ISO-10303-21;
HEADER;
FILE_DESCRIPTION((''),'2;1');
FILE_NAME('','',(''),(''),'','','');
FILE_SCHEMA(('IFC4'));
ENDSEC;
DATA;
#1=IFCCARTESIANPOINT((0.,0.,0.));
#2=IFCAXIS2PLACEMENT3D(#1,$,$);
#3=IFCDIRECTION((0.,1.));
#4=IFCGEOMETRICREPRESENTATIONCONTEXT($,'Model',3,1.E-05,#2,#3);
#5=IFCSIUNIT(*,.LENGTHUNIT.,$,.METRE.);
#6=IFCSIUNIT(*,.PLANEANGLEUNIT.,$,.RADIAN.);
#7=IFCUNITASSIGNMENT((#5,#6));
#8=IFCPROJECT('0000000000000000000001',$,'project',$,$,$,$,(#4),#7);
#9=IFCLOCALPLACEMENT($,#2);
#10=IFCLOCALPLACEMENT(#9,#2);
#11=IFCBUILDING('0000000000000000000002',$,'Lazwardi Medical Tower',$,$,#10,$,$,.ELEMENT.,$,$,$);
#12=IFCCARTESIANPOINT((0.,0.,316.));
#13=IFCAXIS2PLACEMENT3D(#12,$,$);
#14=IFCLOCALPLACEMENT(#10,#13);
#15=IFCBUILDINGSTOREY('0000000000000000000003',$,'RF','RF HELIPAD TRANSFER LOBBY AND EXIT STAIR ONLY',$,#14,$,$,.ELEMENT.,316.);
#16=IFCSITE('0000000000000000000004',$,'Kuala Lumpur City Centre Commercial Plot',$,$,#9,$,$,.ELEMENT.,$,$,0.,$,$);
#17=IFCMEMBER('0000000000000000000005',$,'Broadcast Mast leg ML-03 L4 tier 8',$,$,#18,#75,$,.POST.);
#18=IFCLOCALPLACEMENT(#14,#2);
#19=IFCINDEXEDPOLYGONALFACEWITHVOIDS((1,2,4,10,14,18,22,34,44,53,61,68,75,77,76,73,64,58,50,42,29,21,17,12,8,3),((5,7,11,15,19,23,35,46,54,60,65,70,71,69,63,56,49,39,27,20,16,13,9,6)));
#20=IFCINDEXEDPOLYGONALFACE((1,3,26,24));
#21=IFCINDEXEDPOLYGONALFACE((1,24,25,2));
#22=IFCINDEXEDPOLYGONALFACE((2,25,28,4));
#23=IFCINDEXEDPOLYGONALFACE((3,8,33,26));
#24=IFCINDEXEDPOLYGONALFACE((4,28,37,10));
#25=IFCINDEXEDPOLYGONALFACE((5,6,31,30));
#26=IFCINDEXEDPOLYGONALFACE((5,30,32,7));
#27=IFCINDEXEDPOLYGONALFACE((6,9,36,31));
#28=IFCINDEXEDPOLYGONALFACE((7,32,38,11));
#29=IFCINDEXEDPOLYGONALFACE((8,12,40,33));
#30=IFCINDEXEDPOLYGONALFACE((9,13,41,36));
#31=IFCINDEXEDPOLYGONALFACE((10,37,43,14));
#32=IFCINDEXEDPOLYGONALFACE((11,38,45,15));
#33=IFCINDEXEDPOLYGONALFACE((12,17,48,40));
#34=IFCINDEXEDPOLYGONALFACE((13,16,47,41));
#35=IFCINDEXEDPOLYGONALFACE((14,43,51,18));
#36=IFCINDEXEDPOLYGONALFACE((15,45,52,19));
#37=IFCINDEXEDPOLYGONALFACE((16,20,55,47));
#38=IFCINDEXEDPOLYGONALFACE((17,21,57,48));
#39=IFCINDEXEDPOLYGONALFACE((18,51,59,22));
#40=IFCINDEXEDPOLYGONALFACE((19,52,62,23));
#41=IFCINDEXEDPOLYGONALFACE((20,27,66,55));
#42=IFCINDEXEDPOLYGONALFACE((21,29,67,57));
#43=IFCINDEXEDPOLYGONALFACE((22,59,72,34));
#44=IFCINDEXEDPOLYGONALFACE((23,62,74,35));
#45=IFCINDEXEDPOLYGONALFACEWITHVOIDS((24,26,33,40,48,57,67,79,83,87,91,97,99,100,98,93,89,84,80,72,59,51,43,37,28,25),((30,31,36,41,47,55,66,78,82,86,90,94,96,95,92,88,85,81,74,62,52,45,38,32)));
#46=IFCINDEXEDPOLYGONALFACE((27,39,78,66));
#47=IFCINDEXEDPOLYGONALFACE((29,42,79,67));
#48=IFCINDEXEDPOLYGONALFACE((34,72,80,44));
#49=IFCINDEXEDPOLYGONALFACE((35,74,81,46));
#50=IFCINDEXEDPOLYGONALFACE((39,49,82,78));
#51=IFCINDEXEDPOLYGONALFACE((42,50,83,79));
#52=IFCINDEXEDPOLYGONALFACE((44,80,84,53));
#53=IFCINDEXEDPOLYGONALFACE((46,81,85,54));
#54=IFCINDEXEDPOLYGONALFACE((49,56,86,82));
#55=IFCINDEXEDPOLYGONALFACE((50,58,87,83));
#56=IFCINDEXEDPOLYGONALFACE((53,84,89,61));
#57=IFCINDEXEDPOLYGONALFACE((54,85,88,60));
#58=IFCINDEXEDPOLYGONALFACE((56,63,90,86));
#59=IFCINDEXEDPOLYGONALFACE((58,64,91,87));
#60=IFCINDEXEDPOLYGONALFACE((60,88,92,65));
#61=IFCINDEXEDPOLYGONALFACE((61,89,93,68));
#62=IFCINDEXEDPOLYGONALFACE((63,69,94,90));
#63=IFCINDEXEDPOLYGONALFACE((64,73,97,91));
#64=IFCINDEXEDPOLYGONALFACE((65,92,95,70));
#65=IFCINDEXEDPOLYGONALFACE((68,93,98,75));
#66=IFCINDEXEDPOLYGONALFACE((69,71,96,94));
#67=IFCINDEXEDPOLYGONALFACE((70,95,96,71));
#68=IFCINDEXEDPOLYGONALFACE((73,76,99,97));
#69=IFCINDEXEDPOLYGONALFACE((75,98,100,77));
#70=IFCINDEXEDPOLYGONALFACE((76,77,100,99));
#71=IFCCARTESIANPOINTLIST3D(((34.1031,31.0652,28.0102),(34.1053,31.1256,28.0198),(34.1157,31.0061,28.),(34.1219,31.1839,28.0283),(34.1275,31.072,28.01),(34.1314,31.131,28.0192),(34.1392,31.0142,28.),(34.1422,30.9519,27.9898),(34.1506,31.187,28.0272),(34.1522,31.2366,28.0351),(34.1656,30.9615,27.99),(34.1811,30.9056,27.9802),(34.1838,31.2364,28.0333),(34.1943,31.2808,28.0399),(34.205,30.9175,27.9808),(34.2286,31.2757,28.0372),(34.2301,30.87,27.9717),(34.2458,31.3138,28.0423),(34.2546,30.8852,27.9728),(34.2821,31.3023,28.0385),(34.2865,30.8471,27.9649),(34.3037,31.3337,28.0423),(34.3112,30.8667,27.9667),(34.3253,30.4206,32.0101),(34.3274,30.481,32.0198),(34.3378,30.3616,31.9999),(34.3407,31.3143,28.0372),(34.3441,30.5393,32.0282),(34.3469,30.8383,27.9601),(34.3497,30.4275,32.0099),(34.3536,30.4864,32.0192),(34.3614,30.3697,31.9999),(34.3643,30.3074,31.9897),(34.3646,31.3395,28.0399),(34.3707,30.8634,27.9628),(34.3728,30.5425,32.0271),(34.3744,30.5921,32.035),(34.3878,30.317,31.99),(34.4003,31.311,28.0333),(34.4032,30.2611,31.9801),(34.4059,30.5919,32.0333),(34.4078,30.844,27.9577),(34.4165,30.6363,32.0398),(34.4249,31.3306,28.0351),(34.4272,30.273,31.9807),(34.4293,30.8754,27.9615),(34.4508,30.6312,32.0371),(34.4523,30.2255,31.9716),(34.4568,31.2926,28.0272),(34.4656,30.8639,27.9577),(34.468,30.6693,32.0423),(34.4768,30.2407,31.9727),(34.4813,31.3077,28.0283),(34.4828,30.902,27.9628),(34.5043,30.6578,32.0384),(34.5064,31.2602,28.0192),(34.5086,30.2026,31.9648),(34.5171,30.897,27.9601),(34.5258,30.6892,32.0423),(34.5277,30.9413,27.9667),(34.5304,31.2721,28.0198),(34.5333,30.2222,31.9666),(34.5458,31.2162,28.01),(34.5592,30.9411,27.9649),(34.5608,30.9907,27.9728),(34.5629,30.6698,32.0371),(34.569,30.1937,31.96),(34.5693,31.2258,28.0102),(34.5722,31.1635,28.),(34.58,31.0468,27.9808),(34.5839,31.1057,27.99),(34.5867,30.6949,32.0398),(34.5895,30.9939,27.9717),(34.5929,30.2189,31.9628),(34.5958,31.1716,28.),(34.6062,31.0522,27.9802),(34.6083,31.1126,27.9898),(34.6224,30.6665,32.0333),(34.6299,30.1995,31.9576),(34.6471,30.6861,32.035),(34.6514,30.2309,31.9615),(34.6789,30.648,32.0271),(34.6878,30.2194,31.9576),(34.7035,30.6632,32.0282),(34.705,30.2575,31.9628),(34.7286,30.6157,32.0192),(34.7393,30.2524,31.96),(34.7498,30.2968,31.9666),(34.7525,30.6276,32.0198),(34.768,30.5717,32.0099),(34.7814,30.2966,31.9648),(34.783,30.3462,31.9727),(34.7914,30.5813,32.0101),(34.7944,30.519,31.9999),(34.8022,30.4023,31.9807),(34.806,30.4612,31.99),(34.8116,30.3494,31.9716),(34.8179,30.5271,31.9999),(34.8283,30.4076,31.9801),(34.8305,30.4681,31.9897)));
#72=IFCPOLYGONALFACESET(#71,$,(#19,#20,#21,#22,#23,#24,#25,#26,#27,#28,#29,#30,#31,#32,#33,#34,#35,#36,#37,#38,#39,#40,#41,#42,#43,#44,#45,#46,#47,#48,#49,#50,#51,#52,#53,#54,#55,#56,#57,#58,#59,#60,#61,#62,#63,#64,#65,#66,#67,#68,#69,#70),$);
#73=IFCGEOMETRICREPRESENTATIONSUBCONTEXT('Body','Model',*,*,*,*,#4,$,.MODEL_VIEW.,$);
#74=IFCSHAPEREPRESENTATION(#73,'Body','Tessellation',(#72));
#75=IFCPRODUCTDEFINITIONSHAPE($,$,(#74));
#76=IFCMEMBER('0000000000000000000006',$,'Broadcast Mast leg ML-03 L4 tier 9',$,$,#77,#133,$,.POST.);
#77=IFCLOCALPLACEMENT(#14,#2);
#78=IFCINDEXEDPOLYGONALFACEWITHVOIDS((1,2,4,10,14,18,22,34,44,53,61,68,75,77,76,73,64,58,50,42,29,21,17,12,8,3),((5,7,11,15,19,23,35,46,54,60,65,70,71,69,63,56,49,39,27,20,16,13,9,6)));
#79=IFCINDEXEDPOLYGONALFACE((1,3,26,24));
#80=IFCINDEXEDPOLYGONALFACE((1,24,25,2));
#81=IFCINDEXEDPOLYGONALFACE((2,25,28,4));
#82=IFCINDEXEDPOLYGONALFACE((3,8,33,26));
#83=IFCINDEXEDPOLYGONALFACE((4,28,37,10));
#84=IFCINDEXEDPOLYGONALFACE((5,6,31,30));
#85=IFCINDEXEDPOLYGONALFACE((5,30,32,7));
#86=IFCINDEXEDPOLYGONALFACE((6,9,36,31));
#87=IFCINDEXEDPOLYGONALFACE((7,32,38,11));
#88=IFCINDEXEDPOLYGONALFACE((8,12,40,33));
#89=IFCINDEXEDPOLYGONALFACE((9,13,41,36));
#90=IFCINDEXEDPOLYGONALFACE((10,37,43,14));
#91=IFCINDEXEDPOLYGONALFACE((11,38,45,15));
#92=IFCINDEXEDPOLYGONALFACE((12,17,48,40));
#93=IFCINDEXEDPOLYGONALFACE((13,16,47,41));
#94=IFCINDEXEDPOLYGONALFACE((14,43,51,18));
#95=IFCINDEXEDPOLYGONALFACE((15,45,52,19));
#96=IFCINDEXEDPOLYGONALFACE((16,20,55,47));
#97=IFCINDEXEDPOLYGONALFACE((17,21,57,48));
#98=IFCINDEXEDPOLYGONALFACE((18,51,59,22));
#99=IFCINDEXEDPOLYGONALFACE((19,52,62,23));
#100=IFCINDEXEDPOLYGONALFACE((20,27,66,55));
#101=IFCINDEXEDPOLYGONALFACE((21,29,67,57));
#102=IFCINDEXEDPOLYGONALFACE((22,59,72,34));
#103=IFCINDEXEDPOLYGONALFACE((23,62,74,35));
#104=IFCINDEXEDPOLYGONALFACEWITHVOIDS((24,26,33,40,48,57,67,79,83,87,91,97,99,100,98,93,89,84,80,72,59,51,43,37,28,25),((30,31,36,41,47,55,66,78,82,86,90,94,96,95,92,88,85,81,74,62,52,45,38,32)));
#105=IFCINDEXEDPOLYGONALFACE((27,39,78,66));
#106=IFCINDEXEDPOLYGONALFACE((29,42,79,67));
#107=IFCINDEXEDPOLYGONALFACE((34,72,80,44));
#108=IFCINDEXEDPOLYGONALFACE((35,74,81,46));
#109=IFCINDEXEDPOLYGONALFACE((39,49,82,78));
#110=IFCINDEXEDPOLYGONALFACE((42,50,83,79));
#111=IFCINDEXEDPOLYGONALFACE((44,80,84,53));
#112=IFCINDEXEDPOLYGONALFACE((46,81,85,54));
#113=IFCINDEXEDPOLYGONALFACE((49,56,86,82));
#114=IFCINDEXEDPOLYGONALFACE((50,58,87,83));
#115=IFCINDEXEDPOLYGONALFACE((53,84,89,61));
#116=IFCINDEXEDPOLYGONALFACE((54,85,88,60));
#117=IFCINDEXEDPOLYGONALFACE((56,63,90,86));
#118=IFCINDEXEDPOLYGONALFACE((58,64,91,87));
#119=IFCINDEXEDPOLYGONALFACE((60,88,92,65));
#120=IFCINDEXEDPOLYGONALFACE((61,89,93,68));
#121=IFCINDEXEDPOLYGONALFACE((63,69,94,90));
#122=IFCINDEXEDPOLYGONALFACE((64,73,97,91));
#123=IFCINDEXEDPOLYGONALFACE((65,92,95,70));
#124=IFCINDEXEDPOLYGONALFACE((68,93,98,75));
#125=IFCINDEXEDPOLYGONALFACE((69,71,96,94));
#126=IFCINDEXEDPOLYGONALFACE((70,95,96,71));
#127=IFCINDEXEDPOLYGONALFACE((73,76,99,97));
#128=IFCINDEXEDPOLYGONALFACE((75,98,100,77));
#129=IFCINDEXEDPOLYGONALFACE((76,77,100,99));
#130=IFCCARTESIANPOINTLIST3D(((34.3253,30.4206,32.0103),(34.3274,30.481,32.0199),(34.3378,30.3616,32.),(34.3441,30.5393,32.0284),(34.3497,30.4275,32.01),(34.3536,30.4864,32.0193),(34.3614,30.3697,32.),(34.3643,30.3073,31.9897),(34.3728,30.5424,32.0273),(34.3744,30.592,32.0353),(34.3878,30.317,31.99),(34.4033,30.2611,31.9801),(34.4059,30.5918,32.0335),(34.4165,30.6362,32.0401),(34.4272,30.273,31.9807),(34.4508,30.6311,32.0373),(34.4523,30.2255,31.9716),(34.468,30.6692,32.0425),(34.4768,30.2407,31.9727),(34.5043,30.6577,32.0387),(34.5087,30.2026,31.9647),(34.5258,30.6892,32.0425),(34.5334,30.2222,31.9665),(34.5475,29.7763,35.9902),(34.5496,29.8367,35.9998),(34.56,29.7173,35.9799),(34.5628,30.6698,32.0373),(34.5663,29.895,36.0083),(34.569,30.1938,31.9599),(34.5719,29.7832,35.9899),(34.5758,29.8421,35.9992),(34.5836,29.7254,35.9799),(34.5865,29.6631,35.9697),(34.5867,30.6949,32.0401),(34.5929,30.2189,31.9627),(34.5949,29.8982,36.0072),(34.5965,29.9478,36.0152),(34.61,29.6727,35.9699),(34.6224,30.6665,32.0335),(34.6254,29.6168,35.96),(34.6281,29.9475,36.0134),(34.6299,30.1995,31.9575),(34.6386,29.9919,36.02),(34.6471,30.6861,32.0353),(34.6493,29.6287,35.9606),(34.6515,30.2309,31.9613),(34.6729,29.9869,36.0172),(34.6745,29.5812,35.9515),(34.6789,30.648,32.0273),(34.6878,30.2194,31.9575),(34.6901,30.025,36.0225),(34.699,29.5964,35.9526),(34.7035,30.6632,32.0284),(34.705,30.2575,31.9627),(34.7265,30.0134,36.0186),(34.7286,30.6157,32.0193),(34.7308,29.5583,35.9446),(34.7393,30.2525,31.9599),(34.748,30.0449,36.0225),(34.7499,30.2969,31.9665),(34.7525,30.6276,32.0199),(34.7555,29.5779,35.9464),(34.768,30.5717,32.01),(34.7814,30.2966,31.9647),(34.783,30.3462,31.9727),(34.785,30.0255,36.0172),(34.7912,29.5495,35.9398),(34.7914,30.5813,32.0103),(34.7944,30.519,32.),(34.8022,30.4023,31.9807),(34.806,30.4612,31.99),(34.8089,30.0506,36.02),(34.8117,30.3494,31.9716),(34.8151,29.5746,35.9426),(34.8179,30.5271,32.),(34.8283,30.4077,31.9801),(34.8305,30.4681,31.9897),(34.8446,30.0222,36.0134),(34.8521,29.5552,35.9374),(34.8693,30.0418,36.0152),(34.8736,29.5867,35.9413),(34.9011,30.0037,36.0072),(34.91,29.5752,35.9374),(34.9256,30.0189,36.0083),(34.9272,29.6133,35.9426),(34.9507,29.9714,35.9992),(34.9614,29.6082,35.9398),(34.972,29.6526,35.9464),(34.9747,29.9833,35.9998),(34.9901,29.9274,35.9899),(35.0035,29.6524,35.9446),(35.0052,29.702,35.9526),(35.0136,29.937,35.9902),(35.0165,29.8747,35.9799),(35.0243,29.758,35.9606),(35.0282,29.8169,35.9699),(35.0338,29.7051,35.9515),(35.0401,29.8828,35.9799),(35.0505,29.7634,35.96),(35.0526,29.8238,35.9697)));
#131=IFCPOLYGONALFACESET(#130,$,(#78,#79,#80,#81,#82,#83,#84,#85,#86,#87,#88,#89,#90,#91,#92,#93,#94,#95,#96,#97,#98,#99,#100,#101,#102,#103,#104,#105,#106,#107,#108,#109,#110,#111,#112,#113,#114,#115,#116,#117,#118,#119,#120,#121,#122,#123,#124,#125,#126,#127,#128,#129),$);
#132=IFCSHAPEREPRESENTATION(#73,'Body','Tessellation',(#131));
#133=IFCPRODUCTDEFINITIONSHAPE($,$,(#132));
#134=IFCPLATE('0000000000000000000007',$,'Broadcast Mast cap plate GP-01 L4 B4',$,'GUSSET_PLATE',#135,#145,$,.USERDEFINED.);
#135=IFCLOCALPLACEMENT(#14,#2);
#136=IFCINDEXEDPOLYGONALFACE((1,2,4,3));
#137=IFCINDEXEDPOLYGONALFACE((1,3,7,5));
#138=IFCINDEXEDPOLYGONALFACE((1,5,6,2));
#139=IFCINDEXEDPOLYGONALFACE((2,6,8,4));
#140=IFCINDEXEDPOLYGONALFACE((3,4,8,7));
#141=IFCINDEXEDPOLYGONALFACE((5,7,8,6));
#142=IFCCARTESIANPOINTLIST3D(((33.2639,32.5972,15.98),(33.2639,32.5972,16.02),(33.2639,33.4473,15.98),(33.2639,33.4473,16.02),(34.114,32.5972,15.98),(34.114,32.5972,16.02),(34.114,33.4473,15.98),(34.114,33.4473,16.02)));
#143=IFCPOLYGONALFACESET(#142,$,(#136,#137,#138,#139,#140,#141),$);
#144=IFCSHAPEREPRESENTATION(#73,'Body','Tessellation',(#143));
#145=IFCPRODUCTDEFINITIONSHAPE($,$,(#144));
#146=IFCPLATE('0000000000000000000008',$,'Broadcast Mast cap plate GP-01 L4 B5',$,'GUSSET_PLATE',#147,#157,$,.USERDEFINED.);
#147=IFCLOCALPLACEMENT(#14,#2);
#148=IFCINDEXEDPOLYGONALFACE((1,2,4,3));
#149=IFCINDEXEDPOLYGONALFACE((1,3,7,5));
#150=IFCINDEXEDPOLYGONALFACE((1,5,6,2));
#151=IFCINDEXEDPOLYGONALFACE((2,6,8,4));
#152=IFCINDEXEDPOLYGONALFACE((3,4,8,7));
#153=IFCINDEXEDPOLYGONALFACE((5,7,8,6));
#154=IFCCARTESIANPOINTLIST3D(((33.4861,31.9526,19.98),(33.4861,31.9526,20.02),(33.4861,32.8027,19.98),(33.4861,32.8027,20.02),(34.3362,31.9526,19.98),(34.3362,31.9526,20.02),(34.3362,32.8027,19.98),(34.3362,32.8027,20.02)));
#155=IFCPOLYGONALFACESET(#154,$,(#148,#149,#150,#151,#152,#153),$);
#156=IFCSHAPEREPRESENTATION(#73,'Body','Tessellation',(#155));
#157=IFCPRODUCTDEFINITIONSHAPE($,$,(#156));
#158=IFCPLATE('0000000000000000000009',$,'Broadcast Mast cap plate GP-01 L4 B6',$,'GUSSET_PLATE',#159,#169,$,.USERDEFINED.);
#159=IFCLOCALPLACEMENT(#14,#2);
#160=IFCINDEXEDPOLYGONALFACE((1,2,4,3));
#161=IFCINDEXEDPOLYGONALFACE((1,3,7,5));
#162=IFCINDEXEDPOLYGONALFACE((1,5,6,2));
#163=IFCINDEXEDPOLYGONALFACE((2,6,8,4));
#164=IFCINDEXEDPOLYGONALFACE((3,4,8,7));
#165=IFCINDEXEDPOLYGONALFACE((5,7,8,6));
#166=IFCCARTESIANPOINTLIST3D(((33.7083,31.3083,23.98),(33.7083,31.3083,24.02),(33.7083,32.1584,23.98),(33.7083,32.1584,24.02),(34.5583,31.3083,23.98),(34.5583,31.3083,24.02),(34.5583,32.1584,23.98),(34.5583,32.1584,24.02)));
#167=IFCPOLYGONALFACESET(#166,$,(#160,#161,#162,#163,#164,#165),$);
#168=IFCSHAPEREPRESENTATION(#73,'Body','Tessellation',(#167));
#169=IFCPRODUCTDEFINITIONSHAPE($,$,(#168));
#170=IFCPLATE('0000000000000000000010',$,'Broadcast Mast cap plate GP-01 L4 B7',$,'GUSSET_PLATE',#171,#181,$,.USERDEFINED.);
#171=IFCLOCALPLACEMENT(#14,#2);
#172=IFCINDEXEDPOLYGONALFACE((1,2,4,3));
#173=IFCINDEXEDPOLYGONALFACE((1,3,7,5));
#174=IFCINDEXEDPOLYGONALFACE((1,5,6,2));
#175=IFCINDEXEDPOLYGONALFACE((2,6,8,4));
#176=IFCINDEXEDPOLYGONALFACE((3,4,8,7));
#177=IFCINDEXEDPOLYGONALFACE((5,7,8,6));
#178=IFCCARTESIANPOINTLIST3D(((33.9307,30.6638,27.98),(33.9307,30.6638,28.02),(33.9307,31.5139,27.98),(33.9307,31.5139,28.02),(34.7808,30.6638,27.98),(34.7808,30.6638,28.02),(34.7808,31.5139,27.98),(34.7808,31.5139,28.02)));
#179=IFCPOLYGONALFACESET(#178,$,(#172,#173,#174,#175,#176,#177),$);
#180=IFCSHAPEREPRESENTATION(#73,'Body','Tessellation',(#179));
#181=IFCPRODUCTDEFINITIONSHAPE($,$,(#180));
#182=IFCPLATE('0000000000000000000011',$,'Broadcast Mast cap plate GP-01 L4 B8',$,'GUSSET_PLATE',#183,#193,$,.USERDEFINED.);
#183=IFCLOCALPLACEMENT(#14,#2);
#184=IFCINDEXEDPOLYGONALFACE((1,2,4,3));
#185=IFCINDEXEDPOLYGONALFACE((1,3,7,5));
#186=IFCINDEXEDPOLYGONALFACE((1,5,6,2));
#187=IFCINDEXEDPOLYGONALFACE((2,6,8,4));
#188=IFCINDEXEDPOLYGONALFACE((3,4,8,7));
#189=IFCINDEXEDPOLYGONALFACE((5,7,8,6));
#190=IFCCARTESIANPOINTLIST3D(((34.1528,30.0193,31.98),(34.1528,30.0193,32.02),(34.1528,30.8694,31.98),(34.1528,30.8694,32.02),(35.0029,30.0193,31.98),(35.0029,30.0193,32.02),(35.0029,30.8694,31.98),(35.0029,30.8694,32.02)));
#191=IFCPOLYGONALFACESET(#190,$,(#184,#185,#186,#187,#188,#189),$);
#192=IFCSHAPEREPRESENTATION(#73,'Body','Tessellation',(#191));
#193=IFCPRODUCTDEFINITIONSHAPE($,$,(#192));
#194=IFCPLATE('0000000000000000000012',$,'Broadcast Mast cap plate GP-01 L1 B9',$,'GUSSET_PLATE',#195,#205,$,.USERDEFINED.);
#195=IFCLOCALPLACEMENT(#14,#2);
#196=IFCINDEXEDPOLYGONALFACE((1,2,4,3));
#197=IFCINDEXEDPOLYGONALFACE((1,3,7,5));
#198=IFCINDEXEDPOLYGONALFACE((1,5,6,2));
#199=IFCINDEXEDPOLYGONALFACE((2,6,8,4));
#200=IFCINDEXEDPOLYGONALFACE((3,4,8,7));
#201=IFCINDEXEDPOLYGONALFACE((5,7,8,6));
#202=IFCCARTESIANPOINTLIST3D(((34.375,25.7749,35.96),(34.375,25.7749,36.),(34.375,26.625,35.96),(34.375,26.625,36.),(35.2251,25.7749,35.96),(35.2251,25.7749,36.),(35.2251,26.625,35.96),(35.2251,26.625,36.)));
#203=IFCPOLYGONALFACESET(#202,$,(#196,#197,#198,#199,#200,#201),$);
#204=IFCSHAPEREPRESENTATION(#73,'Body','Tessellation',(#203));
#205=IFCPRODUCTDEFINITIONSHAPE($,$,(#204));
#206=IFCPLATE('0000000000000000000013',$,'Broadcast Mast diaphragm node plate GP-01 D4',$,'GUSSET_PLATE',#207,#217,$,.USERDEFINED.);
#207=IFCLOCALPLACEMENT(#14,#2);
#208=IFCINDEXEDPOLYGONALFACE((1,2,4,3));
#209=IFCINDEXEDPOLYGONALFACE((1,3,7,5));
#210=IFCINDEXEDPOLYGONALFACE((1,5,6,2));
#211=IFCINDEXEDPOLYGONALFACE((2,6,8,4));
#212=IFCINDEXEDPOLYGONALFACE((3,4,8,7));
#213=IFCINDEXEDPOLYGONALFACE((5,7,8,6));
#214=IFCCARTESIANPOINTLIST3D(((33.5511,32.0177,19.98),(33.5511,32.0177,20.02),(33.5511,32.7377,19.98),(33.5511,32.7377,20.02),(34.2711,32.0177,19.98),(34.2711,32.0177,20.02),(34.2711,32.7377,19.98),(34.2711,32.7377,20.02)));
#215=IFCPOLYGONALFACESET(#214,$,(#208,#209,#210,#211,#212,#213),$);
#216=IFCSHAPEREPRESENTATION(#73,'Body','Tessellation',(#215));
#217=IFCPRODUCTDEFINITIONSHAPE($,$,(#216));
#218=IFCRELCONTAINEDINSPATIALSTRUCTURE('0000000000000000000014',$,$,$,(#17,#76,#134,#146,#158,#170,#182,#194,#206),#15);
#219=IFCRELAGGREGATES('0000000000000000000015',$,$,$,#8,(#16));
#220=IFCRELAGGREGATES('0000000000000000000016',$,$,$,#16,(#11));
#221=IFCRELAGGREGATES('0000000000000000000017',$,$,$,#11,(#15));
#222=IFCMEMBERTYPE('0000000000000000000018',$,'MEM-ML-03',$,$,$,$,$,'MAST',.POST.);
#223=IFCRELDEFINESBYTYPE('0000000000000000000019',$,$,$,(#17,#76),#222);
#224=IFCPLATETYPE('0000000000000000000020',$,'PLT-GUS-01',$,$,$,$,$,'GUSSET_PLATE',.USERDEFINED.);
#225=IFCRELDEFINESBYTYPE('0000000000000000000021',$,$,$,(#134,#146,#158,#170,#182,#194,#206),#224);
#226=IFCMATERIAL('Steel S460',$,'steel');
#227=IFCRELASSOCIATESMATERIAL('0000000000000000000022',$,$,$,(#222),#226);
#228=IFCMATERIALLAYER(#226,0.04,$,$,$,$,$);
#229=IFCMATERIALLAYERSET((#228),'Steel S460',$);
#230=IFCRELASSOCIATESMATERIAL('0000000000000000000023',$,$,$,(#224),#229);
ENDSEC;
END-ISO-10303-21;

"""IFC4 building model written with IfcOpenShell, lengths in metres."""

from ifc_helpers import new_model, si_unit, direction, frame, origin, origin_2d, place, context, subcontext, project, spatial, rectangle, hollow_circle, extrude, material, layer, layer_set, material_profile, profile_set, type_object, element, save


model = new_model("IFC4")

# Units and contexts
model_context = context("Model", 3, precision=1e-05, world=origin(), true_north=direction((0.0, 1.0)))
body_context = subcontext(model_context, "Body", "Model", "MODEL_VIEW")
ifc_project = project(units=[si_unit("LENGTHUNIT", "METRE"), si_unit("PLANEANGLEUNIT", "RADIAN")], contexts=[model_context])

# Site, building, storey
site_placement = place(None, origin())
site = spatial("IfcSite", under=ifc_project, at=site_placement, Name="Kuala Lumpur City Centre Commercial Plot", CompositionType="ELEMENT", RefElevation=0.0)
building_placement = place(site_placement, origin())
building = spatial("IfcBuilding", under=site, at=building_placement, Name="Lazwardi Medical Tower", CompositionType="ELEMENT")
storey_placement = place(building_placement, frame((0.0, 0.0, 316.0)))
storey = spatial("IfcBuildingStorey", under=building, at=storey_placement, Name="RF", Description="RF HELIPAD TRANSFER LOBBY AND EXIT STAIR ONLY", CompositionType="ELEMENT", Elevation=316.0)

# Members
ifc_material = material(Name="Steel S460", Category="steel")
ifc_material_profile_1 = material_profile(ifc_material, hollow_circle(Radius=0.2539, WallThickness=0.0249, at=origin_2d()), Name="CHS 508x25")
ifc_profile_set_1 = profile_set([ifc_material_profile_1], Name="Steel S460")
member_type_1 = type_object("IfcMemberType", Name="MEM-ML-03", ElementType="MAST", PredefinedType="POST", material=ifc_profile_set_1)
for number, where, z_axis, x_axis, name in (
    (1, (34.3557, 31.0889, 28.0), (0.054752, -0.158842, 0.985785), (0.945411, 0.32588, 0.0), "Broadcast Mast leg ML-03 L4 tier 8"),
):
    element("IfcMember", number, at=place(storey_placement, frame(where, z_axis=z_axis, x_axis=x_axis)), inside=storey, type_object=member_type_1, Name=name, PredefinedType="POST", context=body_context, shape_type="SweptSolid", body=[
        extrude(hollow_circle(Radius=0.2539, WallThickness=0.0249, at=origin_2d()), origin(), (0.0, 0.0, 1.0), 4.0576),
    ])
member_1_placement = place(storey_placement, frame((34.5779, 30.4443, 32.0), z_axis=(0.055021, -0.15956, 0.985654), x_axis=(0.945373, 0.325991, 0.0)))
element("IfcMember", 2, at=member_1_placement, inside=storey, type_object=member_type_1, Name="Broadcast Mast leg ML-03 L4 tier 9", PredefinedType="POST", context=body_context, shape_type="SweptSolid", body=[
    extrude(hollow_circle(Radius=0.2539, WallThickness=0.0249, at=origin_2d()), origin(), (0.0, 0.0, 1.0), 4.0378),
])

# Plates
ifc_layer = layer(ifc_material, 0.04)
ifc_layer_set = layer_set([ifc_layer], Name="Steel S460")
plate_type = type_object("IfcPlateType", Name="PLT-GUS-01", ElementType="GUSSET_PLATE", PredefinedType="USERDEFINED", material=ifc_layer_set)
for number, where, z_axis, x_axis, name in (
    (3, (33.689, 33.0222, 15.98), (0.0, 0.0, 1.0), (1.0, 0.0, 0.0), "Broadcast Mast cap plate GP-01 L4 B4"),
    (4, (33.9111, 32.3777, 19.98), (0.0, 0.0, 1.0), (1.0, 0.0, 0.0), "Broadcast Mast cap plate GP-01 L4 B5"),
    (5, (34.1333, 31.7334, 23.98), (0.0, 0.0, 1.0), (1.0, 0.0, 0.0), "Broadcast Mast cap plate GP-01 L4 B6"),
    (6, (34.3557, 31.0889, 27.98), (0.0, 0.0, 1.0), (1.0, 0.0, 0.0), "Broadcast Mast cap plate GP-01 L4 B7"),
    (7, (34.5779, 30.4443, 31.98), (0.0, 0.0, 1.0), (1.0, 0.0, 0.0), "Broadcast Mast cap plate GP-01 L4 B8"),
    (8, (34.8, 26.2, 35.96), (0.0, 0.0, 1.0), (1.0, 0.0, 0.0), "Broadcast Mast cap plate GP-01 L1 B9"),
):
    element("IfcPlate", number, at=place(storey_placement, frame(where, z_axis=z_axis, x_axis=x_axis)), inside=storey, type_object=plate_type, Name=name, ObjectType="GUSSET_PLATE", PredefinedType="USERDEFINED", context=body_context, shape_type="SweptSolid", body=[
        extrude(rectangle(XDim=0.8501, YDim=0.8501, at=origin_2d()), origin(), (0.0, 0.0, 1.0), 0.04),
    ])
plate_placement = place(storey_placement, frame((33.9111, 32.3777, 19.98), z_axis=(0.0, 0.0, 1.0), x_axis=(1.0, 0.0, 0.0)))
element("IfcPlate", 9, at=plate_placement, inside=storey, type_object=plate_type, Name="Broadcast Mast diaphragm node plate GP-01 D4", ObjectType="GUSSET_PLATE", PredefinedType="USERDEFINED", context=body_context, shape_type="SweptSolid", body=[
    extrude(rectangle(XDim=0.72, YDim=0.72, at=origin_2d()), origin(), (0.0, 0.0, 1.0), 0.04),
])

save(model, "model.ifc")
